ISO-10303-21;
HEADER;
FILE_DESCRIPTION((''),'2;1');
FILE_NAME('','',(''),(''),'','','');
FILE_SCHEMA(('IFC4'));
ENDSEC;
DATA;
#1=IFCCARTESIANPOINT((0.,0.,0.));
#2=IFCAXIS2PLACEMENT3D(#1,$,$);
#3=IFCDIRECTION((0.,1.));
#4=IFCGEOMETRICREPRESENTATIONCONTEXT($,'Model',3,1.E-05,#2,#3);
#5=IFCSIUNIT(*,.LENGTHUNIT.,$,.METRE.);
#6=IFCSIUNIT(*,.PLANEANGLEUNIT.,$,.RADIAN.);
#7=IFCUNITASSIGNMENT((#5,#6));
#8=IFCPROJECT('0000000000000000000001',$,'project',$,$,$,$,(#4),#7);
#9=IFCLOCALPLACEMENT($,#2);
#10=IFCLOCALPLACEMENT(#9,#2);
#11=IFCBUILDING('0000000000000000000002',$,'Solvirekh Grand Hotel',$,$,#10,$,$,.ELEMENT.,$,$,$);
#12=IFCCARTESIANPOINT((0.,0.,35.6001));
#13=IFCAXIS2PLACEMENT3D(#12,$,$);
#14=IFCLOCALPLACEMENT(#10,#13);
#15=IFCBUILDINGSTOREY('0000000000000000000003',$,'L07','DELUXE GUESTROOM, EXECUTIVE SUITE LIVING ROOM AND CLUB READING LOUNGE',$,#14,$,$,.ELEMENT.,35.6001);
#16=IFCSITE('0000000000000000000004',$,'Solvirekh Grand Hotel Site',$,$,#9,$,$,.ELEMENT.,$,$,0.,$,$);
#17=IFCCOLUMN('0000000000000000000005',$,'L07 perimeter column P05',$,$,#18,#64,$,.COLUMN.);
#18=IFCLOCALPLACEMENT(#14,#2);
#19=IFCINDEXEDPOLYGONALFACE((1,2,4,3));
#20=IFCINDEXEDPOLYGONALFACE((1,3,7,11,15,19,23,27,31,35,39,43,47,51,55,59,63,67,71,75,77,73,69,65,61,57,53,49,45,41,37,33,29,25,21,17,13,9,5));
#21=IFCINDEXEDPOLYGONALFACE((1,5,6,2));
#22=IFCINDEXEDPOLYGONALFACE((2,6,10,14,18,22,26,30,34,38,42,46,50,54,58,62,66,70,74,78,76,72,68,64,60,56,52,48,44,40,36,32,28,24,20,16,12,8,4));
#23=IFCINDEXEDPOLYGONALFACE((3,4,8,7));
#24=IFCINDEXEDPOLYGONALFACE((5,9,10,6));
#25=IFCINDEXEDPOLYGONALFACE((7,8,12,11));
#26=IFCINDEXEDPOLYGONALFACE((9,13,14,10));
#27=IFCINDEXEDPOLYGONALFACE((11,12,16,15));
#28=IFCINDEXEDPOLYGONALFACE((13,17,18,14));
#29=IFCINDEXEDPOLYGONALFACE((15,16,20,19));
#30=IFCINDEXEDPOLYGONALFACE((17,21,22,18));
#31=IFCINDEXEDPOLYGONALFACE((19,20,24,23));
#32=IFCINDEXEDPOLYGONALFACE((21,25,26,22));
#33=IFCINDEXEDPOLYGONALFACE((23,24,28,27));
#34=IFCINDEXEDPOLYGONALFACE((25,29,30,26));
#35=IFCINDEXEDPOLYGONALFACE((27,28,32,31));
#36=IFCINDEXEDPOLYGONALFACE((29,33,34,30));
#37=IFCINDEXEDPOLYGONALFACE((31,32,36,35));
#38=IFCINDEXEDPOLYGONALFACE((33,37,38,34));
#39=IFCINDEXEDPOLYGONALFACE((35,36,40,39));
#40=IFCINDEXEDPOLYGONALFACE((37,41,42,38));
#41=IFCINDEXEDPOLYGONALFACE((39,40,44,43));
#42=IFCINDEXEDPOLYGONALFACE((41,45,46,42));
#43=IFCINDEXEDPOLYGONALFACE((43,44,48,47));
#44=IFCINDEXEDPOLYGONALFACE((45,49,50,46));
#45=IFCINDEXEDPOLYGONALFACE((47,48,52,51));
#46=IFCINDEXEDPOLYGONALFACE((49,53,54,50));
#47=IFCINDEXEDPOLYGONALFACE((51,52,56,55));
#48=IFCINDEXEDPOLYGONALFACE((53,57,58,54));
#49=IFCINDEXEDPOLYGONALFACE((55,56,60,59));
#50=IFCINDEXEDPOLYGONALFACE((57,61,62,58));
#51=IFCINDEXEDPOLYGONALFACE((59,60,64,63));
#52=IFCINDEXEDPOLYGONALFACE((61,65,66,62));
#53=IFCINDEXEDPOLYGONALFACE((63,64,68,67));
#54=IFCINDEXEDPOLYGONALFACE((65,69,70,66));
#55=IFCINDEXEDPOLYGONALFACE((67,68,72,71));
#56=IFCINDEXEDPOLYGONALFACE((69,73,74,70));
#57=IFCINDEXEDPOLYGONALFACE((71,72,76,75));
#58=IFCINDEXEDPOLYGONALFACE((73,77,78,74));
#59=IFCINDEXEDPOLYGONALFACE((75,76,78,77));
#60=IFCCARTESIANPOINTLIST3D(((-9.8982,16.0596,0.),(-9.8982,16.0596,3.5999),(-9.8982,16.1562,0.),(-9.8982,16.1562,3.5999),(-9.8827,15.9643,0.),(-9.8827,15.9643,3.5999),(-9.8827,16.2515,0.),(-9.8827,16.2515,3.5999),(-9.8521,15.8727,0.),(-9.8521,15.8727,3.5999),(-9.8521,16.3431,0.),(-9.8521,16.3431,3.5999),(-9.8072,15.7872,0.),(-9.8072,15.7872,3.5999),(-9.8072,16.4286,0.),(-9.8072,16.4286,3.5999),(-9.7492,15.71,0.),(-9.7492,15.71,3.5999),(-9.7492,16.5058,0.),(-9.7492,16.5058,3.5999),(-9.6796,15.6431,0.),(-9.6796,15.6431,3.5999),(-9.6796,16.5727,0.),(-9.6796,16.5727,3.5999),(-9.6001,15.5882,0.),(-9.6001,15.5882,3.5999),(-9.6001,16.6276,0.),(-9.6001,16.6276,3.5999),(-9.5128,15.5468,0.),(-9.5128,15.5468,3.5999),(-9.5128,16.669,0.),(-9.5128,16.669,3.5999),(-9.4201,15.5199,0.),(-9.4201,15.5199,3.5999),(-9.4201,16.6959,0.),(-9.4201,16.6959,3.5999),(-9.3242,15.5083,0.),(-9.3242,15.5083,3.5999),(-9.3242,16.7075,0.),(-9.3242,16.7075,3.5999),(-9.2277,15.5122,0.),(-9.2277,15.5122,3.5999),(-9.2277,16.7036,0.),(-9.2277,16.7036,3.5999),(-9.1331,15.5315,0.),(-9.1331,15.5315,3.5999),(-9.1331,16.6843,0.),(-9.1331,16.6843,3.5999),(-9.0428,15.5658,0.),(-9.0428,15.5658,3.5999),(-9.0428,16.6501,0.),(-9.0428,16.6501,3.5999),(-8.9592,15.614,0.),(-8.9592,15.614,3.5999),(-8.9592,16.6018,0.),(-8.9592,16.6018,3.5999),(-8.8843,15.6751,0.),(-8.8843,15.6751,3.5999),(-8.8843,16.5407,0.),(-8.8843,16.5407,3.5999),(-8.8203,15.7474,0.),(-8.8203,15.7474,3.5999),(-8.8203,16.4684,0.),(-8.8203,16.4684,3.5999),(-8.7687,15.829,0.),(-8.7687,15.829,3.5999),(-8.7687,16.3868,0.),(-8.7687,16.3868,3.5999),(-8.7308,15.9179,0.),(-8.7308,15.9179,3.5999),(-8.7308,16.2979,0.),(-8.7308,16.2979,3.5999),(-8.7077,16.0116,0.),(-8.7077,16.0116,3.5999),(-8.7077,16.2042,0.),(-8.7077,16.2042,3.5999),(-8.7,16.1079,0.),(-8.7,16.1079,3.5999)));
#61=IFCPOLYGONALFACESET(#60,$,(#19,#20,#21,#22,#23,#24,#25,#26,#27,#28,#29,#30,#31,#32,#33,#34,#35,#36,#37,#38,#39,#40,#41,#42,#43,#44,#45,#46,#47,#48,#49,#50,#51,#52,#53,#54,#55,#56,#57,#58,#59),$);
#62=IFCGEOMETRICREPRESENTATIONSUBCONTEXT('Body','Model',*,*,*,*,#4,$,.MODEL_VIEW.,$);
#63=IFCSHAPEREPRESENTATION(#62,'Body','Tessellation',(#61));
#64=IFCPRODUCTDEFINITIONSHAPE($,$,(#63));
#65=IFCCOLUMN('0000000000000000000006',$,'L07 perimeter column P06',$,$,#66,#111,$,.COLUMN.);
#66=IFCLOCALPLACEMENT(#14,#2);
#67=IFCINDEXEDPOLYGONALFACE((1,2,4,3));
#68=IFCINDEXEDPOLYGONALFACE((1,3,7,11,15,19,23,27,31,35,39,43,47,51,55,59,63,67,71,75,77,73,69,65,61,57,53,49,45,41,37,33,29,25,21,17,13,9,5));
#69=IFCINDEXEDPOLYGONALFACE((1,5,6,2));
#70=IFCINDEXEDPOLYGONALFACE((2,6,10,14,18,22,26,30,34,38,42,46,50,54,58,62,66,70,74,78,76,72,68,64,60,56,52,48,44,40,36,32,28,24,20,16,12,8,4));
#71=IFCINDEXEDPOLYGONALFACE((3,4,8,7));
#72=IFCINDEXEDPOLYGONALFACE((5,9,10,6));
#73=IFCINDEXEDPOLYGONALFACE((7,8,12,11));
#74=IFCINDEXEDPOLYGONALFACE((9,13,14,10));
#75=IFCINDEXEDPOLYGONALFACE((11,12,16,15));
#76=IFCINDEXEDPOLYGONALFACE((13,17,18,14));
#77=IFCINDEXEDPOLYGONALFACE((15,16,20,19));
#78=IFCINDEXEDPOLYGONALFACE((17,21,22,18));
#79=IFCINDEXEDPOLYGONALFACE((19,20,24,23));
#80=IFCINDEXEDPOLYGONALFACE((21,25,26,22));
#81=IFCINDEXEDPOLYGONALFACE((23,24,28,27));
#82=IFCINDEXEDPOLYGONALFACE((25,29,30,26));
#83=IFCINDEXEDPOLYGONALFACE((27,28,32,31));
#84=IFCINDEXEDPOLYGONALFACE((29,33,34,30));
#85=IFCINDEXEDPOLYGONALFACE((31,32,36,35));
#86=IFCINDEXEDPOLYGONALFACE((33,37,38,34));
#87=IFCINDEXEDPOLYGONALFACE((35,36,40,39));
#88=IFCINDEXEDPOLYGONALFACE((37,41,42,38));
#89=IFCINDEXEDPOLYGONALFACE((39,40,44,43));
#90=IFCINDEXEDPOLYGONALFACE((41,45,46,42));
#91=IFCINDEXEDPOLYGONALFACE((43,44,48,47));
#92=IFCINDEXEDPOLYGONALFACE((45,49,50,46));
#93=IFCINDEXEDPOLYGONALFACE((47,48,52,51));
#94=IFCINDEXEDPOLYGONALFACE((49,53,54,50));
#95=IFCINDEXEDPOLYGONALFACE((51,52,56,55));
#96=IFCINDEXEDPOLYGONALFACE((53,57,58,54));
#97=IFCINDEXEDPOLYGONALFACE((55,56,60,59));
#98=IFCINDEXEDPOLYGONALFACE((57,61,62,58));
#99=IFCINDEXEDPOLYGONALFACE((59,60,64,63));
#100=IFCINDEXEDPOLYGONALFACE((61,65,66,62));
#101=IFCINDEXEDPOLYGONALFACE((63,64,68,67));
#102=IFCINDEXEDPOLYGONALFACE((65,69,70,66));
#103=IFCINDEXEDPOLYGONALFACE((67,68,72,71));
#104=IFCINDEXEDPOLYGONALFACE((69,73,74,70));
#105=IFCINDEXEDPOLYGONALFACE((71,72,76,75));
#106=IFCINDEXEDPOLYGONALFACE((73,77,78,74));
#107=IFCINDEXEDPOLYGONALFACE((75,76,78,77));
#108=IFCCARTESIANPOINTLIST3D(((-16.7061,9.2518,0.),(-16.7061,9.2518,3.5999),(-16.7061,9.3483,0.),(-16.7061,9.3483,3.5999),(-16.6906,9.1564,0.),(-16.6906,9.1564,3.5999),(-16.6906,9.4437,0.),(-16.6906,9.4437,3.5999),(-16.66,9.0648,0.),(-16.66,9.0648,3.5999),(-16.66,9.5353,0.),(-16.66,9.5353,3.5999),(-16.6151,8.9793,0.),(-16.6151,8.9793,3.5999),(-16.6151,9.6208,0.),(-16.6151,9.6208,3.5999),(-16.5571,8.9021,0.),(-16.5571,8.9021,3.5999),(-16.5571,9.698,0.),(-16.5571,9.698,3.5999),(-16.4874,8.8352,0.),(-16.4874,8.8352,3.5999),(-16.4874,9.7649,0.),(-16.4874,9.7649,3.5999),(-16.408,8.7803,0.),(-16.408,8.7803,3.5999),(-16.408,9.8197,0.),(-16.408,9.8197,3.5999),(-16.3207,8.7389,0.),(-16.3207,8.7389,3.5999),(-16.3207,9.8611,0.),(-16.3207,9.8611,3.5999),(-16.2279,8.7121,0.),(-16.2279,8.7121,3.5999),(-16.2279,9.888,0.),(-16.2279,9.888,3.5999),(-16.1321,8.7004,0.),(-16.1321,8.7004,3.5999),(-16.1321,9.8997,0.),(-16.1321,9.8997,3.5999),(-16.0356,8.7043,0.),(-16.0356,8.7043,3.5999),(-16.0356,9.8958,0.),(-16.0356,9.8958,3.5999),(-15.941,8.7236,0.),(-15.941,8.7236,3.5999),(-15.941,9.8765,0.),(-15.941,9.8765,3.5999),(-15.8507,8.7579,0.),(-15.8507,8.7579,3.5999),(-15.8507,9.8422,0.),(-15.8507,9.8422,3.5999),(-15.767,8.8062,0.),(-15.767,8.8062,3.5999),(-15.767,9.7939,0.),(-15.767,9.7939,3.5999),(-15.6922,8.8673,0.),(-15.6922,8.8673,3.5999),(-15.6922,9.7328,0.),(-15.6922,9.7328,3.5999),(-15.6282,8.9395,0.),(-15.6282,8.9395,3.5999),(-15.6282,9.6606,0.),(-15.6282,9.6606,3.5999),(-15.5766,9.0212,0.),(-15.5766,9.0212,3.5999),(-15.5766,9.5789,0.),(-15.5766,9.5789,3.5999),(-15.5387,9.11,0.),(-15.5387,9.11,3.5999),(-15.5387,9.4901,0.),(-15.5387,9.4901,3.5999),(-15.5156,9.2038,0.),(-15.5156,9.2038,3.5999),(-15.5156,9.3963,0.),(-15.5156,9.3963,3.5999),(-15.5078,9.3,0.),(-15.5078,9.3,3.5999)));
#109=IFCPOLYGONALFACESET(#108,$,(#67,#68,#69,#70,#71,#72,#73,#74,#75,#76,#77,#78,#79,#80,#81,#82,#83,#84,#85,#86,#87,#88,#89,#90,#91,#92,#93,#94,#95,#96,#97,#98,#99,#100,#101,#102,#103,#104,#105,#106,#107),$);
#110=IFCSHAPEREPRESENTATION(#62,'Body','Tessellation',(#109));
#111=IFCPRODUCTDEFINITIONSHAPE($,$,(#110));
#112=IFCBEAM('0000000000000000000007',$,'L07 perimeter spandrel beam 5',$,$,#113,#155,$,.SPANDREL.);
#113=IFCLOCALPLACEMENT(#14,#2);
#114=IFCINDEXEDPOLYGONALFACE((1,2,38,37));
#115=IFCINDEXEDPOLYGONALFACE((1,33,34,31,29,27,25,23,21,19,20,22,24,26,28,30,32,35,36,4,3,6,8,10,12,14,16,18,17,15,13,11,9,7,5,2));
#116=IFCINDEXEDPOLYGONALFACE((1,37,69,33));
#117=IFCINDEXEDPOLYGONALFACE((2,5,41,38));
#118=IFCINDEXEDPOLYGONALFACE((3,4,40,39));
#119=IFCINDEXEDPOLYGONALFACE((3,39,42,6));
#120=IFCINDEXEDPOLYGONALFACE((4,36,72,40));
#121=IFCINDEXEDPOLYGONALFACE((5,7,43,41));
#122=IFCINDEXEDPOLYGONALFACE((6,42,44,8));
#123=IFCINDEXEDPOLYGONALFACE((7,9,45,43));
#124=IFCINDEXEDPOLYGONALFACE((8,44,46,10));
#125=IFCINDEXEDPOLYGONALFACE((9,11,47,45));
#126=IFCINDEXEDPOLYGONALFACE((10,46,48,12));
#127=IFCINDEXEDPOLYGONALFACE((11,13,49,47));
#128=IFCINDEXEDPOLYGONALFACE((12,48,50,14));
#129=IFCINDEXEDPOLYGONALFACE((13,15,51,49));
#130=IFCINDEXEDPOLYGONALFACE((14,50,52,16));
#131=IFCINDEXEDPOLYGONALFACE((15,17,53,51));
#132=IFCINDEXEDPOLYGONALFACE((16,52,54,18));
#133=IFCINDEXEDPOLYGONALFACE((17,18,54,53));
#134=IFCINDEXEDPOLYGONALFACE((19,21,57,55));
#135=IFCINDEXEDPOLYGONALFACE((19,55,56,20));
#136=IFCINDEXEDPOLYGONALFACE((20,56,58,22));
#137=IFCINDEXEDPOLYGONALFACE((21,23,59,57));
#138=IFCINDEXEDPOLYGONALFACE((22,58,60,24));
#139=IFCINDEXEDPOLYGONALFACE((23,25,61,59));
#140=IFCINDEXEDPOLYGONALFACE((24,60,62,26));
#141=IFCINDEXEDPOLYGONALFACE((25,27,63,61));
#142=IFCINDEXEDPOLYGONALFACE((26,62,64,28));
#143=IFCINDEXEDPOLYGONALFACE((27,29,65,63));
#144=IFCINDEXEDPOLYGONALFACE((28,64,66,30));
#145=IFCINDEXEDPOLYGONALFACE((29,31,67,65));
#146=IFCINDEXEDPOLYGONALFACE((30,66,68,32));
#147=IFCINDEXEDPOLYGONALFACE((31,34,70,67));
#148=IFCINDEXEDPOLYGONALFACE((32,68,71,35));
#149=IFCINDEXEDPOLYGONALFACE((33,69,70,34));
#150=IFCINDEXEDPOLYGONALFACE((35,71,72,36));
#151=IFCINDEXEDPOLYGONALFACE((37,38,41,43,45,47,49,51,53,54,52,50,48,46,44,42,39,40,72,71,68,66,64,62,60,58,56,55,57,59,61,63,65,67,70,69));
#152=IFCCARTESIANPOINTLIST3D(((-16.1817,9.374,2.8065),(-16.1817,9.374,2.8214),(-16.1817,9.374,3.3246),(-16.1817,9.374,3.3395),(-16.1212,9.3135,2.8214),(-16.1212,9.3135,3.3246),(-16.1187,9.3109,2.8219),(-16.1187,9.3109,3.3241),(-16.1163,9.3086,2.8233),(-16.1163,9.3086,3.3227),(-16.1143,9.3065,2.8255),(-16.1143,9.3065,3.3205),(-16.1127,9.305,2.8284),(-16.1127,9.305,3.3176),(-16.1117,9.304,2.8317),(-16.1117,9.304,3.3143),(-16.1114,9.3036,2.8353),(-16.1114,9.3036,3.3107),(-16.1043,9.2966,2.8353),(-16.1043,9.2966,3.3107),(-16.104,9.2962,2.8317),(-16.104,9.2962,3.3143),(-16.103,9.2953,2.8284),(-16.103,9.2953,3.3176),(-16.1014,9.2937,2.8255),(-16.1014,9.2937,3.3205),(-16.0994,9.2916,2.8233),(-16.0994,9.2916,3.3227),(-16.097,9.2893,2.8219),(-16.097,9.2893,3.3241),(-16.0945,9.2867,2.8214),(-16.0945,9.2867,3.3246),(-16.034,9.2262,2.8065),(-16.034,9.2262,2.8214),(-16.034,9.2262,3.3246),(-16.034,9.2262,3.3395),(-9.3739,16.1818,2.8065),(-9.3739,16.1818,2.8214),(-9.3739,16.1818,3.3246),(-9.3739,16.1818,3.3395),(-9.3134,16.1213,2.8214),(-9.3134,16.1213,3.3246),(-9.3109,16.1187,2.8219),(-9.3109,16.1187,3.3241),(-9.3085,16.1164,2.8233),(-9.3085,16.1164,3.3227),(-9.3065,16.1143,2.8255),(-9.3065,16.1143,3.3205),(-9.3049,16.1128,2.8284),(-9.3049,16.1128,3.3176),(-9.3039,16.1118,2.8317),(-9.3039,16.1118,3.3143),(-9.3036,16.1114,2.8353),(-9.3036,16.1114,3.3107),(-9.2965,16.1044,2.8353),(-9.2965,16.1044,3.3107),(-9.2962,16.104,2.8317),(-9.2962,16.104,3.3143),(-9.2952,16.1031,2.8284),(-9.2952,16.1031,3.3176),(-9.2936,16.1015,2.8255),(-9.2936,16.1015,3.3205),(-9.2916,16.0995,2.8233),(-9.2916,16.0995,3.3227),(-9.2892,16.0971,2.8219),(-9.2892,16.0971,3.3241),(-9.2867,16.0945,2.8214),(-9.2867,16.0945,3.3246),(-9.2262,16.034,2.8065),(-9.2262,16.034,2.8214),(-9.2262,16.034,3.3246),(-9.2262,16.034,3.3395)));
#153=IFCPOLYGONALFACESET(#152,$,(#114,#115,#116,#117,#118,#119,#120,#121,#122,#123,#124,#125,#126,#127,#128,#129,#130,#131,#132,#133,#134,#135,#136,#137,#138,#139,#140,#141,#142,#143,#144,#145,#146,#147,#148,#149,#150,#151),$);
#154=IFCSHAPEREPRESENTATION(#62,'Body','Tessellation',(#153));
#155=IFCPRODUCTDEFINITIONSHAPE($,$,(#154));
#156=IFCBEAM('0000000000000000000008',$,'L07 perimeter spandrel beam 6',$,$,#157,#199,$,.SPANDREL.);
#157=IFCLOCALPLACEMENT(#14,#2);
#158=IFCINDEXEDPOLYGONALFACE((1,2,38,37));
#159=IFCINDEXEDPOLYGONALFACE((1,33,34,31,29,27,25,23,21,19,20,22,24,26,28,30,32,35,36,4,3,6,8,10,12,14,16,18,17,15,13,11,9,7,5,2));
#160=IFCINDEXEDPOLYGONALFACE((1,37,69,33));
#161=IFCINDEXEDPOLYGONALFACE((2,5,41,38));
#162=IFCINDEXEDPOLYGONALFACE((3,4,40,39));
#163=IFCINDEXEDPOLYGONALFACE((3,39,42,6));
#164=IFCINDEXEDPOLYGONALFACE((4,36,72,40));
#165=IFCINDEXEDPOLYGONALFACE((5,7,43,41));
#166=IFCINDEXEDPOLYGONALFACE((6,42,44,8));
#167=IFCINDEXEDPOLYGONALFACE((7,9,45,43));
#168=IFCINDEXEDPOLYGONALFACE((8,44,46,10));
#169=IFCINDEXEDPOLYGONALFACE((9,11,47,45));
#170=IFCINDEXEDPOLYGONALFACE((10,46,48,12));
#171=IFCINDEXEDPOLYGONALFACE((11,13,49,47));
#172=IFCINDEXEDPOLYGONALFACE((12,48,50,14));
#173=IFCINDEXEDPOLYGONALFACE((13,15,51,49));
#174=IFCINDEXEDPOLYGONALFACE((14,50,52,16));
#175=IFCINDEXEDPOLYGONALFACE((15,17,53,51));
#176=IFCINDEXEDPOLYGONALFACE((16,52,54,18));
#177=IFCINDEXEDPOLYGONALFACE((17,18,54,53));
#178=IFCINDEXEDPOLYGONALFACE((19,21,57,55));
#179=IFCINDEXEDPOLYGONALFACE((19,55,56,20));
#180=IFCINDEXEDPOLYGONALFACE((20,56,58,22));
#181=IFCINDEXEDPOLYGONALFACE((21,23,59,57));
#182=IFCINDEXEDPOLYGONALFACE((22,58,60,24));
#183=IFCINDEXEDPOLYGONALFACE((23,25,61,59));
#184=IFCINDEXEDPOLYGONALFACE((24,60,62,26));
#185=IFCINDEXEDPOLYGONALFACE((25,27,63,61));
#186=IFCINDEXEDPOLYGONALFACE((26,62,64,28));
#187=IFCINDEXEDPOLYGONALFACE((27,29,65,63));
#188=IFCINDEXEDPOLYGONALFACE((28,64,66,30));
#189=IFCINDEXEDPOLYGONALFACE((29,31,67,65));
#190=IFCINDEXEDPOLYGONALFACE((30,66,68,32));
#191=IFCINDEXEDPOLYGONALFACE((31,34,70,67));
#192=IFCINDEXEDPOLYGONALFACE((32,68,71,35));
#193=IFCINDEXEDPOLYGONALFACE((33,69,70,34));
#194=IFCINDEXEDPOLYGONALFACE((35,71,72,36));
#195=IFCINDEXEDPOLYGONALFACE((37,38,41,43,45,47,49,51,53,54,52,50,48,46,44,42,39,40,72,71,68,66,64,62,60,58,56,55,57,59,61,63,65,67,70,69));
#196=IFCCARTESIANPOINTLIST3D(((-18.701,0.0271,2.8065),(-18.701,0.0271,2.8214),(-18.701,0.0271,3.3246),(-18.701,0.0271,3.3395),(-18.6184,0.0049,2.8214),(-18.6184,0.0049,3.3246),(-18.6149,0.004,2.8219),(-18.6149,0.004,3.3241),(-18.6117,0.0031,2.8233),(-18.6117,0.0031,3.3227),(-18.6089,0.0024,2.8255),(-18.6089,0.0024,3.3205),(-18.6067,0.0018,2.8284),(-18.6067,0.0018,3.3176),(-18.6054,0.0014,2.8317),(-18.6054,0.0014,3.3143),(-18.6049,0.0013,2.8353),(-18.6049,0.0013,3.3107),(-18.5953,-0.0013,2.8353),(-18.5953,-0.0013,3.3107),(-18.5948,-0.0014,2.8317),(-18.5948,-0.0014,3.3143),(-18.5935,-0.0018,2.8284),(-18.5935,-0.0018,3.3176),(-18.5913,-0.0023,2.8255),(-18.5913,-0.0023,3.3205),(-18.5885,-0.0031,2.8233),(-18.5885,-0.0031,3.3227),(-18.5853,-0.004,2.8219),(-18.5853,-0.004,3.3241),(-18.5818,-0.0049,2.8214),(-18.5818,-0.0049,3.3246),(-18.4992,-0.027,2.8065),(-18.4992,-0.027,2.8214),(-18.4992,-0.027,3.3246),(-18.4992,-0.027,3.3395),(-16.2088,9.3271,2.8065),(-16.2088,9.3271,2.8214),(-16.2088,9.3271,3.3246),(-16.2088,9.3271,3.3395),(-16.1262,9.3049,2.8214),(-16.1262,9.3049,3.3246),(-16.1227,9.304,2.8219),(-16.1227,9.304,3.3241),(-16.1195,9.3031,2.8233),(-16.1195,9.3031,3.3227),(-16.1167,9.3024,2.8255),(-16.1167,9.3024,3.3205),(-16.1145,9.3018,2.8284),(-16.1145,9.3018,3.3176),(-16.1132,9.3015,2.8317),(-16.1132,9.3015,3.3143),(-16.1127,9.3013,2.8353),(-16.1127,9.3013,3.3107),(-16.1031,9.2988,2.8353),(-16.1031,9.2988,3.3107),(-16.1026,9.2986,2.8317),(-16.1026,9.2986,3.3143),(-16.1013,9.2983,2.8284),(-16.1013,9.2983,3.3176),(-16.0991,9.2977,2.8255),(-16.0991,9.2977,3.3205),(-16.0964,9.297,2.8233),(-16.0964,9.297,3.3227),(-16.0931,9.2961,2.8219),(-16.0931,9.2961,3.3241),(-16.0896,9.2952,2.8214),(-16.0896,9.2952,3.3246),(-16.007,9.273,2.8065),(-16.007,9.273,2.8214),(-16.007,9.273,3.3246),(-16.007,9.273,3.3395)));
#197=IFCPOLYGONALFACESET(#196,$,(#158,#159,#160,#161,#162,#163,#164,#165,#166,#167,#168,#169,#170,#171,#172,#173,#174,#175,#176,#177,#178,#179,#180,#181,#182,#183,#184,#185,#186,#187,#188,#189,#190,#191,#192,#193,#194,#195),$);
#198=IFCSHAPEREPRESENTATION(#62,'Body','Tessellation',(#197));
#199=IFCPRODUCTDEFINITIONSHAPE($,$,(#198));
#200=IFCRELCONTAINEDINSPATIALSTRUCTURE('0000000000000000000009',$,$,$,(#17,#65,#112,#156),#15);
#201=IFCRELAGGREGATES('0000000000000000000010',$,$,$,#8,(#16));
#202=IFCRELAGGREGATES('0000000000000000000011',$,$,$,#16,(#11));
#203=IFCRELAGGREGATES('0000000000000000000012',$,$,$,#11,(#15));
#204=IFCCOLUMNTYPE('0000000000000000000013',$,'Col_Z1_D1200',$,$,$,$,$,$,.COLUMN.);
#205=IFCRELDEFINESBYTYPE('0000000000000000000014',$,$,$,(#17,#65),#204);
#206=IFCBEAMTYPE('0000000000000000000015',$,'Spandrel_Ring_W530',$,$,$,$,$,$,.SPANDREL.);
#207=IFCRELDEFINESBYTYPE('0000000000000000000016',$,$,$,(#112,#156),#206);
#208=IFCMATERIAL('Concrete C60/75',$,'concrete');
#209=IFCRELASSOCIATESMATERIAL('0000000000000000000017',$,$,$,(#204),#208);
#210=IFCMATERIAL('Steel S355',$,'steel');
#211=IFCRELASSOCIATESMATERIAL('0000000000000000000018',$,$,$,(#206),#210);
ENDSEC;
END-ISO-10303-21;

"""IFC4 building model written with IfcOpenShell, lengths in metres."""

from ifc_helpers import new_model, si_unit, direction, frame, origin, origin_2d, place, context, subcontext, project, spatial, circle, i_section, extrude, material, material_profile, profile_set, type_object, element, save


model = new_model("IFC4")

# Units and contexts
model_context = context("Model", 3, precision=1e-05, world=origin(), true_north=direction((0.0, 1.0)))
body_context = subcontext(model_context, "Body", "Model", "MODEL_VIEW")
ifc_project = project(units=[si_unit("LENGTHUNIT", "METRE"), si_unit("PLANEANGLEUNIT", "RADIAN")], contexts=[model_context])

# Site, building, storey
site_placement = place(None, origin())
site = spatial("IfcSite", under=ifc_project, at=site_placement, Name="Solvirekh Grand Hotel Site", CompositionType="ELEMENT", RefElevation=0.0)
building_placement = place(site_placement, origin())
building = spatial("IfcBuilding", under=site, at=building_placement, Name="Solvirekh Grand Hotel", CompositionType="ELEMENT")
storey_placement = place(building_placement, frame((0.0, 0.0, 35.6001)))
storey = spatial("IfcBuildingStorey", under=building, at=storey_placement, Name="L07", Description="DELUXE GUESTROOM, EXECUTIVE SUITE LIVING ROOM AND CLUB READING LOUNGE", CompositionType="ELEMENT", Elevation=35.6001)

# Columns
ifc_material_1 = material(Name="Concrete C60/75", Category="concrete")
ifc_material_profile_1 = material_profile(ifc_material_1, circle(Radius=0.6001, at=origin_2d()), Name="RC CIRC D1200")
ifc_profile_set_1 = profile_set([ifc_material_profile_1], Name="Concrete C60/75")
column_type = type_object("IfcColumnType", Name="Col_Z1_D1200", PredefinedType="COLUMN", material=ifc_profile_set_1)
for number, where, z_axis, x_axis, name in (
    (1, (-9.3, 16.1079, 0.0), (0.0, 0.0, 1.0), (1.0, 0.0, 0.0), "L07 perimeter column P05"),
    (2, (-16.1079, 9.3, 0.0), (0.0, 0.0, 1.0), (1.0, 0.0, 0.0), "L07 perimeter column P06"),
):
    element("IfcColumn", number, at=place(storey_placement, frame(where, z_axis=z_axis, x_axis=x_axis)), inside=storey, type_object=column_type, Name=name, PredefinedType="COLUMN", context=body_context, shape_type="SweptSolid", body=[
        extrude(circle(Radius=0.6001, at=origin_2d()), origin(), (0.0, 0.0, 1.0), 3.5999),
    ])

# Beams
ifc_material_2 = material(Name="Steel S355", Category="steel")
ifc_material_profile_2 = material_profile(ifc_material_2, i_section(OverallWidth=0.209, OverallDepth=0.533, WebThickness=0.01, FlangeThickness=0.0149, FilletRadius=0.0139, at=origin_2d()), Name="W530X92")
ifc_profile_set_2 = profile_set([ifc_material_profile_2], Name="Steel S355")
beam_type = type_object("IfcBeamType", Name="Spandrel_Ring_W530", PredefinedType="SPANDREL", material=ifc_profile_set_2)
beam_1_placement = place(storey_placement, frame((-9.3, 16.1079, 3.073), z_axis=(-0.707107, -0.707107, 0.0), x_axis=(0.707107, -0.707107, 0.0)))
element("IfcBeam", 3, at=beam_1_placement, inside=storey, type_object=beam_type, Name="L07 perimeter spandrel beam 5", PredefinedType="SPANDREL", context=body_context, shape_type="SweptSolid", body=[
    extrude(i_section(OverallWidth=0.209, OverallDepth=0.533, WebThickness=0.01, FlangeThickness=0.0149, FilletRadius=0.0139, at=origin_2d()), origin(), (0.0, 0.0, 1.0), 9.6277),
])
beam_2_placement = place(storey_placement, frame((-16.1079, 9.3, 3.073), z_axis=(-0.258843, -0.965919, 0.0), x_axis=(0.965919, -0.258843, 0.0)))
element("IfcBeam", 4, at=beam_2_placement, inside=storey, type_object=beam_type, Name="L07 perimeter spandrel beam 6", PredefinedType="SPANDREL", context=body_context, shape_type="SweptSolid", body=[
    extrude(i_section(OverallWidth=0.209, OverallDepth=0.533, WebThickness=0.01, FlangeThickness=0.0149, FilletRadius=0.0139, at=origin_2d()), origin(), (0.0, 0.0, 1.0), 9.6282),
])

save(model, "model.ifc")
